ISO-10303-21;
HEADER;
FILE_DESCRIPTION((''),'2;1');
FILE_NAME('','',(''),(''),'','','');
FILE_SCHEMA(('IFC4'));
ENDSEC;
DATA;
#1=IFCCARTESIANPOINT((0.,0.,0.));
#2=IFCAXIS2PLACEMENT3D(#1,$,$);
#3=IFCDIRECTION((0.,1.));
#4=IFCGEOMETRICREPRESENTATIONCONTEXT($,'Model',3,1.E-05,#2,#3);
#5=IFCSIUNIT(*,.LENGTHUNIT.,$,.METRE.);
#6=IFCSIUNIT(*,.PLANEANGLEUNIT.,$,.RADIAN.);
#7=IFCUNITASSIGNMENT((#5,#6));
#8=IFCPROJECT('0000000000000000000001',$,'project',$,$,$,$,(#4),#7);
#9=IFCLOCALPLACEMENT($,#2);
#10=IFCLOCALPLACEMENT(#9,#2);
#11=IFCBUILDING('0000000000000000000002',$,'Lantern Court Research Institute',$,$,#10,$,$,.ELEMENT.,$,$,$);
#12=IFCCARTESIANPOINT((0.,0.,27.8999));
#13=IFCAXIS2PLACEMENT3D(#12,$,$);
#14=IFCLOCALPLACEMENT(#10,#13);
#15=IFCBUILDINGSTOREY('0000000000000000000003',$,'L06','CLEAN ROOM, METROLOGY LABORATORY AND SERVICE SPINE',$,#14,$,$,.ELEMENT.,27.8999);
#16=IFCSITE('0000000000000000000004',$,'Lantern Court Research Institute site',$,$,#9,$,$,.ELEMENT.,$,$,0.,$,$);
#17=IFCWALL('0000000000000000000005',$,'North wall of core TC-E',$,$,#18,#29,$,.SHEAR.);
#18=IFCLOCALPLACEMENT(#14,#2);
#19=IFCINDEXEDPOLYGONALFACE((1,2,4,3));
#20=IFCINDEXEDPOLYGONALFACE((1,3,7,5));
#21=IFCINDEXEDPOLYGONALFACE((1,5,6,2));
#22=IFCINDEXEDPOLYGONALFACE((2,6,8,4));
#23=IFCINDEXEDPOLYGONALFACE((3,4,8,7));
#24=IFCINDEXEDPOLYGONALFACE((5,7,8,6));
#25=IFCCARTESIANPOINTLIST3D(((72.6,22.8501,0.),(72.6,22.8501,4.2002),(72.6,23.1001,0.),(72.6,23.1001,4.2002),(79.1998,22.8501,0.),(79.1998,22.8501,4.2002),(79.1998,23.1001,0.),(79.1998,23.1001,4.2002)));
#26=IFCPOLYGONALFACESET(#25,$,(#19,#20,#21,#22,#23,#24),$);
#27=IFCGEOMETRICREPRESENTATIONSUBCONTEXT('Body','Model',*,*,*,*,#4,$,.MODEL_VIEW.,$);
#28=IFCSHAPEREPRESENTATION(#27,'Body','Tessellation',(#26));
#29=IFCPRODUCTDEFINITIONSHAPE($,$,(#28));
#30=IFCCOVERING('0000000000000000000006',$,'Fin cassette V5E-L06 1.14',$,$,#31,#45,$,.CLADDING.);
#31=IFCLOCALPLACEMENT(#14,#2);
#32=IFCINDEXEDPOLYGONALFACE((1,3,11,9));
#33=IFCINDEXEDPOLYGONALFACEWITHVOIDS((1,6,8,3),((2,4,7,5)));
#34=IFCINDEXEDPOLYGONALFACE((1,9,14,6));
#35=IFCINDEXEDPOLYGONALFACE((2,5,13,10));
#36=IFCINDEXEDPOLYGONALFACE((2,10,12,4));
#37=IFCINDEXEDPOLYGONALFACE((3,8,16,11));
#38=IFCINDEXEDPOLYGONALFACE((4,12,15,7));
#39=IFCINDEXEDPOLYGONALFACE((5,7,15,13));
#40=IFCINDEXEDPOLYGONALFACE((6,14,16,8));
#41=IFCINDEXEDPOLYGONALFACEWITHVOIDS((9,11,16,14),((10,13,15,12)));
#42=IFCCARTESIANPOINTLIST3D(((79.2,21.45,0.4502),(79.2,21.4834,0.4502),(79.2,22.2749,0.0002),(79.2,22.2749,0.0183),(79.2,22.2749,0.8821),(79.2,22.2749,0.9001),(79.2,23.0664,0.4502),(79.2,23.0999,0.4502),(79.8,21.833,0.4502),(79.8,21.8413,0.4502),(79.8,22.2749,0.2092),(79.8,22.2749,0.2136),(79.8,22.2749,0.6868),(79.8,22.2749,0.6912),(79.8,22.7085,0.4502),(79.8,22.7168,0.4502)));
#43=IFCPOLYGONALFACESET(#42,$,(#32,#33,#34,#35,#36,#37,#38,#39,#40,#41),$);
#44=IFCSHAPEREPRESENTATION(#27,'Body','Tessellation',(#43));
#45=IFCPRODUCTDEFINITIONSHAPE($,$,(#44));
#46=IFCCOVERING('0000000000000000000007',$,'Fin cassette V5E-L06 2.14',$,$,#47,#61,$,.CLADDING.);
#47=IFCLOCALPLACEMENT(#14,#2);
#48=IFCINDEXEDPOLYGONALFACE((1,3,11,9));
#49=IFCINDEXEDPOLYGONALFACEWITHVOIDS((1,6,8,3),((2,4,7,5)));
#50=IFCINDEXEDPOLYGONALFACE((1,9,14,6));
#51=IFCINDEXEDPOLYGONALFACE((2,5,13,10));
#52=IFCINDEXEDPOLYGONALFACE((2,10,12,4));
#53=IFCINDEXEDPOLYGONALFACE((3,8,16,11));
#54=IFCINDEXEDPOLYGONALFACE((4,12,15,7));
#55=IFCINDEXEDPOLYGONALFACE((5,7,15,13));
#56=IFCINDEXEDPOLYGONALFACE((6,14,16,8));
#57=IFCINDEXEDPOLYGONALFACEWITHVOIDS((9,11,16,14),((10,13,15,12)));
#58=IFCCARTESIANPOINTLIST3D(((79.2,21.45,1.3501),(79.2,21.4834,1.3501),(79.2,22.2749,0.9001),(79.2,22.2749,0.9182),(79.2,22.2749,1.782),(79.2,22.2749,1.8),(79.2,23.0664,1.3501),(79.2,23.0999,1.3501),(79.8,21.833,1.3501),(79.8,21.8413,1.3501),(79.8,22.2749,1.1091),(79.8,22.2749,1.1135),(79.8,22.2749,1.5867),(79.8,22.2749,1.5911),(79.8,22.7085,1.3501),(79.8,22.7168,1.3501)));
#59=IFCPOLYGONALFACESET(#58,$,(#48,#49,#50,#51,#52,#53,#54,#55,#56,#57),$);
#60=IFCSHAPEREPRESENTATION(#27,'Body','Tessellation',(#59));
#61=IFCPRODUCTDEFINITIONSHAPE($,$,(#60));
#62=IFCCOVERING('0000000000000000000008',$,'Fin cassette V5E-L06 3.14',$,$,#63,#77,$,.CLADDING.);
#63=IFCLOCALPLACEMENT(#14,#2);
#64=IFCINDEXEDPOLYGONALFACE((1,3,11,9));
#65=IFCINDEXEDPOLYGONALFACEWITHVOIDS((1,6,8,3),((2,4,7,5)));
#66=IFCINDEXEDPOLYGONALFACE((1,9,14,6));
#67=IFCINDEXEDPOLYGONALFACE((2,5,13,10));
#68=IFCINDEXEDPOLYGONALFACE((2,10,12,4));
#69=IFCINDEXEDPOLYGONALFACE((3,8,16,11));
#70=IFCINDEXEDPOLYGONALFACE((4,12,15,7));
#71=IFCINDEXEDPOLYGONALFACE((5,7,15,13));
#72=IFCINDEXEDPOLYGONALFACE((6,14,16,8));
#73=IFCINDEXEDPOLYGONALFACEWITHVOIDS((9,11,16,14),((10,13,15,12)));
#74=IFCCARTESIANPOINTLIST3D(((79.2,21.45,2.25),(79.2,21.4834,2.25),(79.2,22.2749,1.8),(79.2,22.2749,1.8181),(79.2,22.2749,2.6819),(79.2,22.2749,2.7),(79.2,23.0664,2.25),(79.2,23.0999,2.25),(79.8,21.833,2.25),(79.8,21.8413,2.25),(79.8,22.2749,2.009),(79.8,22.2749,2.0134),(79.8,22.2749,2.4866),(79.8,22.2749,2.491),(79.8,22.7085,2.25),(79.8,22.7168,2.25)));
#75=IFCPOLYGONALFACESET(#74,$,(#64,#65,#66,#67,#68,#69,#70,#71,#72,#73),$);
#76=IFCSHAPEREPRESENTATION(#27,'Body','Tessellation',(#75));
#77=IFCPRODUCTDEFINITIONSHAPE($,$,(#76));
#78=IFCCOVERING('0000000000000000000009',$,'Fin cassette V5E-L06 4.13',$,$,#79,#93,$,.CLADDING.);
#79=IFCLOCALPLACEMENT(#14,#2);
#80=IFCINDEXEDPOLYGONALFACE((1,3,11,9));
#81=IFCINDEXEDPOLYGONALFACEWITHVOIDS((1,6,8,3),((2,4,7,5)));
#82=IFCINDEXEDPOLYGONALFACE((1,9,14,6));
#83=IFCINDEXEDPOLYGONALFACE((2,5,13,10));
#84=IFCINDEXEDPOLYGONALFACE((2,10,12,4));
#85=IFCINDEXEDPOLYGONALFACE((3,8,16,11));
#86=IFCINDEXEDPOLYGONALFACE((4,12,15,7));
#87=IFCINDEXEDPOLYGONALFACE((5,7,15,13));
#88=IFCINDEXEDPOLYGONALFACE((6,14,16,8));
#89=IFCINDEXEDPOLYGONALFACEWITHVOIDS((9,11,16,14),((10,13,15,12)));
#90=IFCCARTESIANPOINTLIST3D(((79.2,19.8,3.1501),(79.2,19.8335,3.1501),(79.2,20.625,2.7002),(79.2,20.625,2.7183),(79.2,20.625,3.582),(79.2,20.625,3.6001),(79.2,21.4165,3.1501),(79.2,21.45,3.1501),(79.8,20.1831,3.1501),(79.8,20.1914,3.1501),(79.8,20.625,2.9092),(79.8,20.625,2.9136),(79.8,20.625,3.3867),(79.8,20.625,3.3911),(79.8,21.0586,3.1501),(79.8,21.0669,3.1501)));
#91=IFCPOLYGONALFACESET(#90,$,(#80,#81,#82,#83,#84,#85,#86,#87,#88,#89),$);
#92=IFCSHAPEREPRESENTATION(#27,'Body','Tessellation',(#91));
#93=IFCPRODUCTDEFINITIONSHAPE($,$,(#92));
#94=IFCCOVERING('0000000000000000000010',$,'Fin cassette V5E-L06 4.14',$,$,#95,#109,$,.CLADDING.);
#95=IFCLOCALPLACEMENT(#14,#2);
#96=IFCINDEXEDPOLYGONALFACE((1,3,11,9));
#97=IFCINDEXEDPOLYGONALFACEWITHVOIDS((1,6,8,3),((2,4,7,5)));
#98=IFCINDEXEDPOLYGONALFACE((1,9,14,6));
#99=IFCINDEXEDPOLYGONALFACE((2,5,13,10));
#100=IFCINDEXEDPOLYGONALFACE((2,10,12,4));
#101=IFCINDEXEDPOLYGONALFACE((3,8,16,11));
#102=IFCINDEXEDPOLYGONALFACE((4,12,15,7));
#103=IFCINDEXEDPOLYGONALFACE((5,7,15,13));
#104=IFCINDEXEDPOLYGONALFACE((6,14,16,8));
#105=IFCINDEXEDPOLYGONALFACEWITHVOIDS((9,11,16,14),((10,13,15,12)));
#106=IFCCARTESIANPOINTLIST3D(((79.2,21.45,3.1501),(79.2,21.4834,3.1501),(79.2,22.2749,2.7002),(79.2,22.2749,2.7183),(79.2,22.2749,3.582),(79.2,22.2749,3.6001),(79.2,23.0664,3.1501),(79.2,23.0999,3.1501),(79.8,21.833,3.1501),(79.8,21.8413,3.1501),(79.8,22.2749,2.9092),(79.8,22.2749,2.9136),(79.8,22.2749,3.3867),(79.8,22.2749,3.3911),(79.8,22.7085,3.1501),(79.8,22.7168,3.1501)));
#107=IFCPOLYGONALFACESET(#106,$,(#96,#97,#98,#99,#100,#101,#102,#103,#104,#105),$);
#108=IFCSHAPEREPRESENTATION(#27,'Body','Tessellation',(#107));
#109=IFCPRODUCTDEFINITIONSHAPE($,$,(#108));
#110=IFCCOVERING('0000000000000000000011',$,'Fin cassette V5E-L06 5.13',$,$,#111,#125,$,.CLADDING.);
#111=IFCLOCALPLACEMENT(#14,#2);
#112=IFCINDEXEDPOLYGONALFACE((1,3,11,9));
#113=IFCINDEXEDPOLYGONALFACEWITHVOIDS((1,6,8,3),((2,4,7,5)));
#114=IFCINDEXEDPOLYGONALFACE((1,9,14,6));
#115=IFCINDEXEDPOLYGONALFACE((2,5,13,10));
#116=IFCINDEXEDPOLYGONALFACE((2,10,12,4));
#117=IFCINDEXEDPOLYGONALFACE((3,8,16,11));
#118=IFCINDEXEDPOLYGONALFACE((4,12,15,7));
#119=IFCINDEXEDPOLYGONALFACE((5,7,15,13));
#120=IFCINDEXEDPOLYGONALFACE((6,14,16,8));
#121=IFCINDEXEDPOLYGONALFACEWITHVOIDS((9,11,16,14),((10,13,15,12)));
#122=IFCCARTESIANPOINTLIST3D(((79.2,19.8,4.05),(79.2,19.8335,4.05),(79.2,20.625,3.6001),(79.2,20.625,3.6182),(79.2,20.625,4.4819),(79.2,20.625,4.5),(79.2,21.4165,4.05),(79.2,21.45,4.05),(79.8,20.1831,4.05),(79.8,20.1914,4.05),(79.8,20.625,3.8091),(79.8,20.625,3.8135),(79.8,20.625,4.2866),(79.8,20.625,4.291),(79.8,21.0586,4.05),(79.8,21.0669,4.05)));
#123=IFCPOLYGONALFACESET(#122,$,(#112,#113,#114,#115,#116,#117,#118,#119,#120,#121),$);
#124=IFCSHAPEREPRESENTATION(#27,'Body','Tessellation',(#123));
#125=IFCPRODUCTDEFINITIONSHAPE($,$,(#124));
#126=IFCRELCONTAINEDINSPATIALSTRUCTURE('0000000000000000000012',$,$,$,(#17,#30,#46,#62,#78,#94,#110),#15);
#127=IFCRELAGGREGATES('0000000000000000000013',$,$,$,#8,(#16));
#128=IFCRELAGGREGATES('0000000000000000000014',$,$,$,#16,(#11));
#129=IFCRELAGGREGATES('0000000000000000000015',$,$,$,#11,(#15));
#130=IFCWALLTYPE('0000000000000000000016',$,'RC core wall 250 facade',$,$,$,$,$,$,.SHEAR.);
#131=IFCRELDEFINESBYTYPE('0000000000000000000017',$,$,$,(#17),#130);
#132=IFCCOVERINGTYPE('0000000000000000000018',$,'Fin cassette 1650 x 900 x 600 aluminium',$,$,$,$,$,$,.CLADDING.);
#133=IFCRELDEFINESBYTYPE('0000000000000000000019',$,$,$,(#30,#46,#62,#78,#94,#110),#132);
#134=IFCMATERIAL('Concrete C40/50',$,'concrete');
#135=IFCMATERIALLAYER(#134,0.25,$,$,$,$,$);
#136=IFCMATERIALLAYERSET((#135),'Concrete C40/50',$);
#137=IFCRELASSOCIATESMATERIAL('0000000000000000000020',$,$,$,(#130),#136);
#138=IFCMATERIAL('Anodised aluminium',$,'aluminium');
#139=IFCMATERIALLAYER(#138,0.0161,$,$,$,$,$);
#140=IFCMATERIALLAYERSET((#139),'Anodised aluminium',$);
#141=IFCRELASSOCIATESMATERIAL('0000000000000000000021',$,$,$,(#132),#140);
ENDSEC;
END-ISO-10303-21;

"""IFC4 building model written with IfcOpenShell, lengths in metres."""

from ifc_helpers import new_model, entity, si_unit, direction, frame, frame_2d, origin, place, context, subcontext, project, spatial, rectangle, extrude, material, layer, layer_set, type_object, element, save


model = new_model("IFC4")

# Units and contexts
model_context = context("Model", 3, precision=1e-05, world=origin(), true_north=direction((0.0, 1.0)))
body_context = subcontext(model_context, "Body", "Model", "MODEL_VIEW")
ifc_project = project(units=[si_unit("LENGTHUNIT", "METRE"), si_unit("PLANEANGLEUNIT", "RADIAN")], contexts=[model_context])

# Site, building, storey
site_placement = place(None, origin())
site = spatial("IfcSite", under=ifc_project, at=site_placement, Name="Lantern Court Research Institute site", CompositionType="ELEMENT", RefElevation=0.0)
building_placement = place(site_placement, origin())
building = spatial("IfcBuilding", under=site, at=building_placement, Name="Lantern Court Research Institute", CompositionType="ELEMENT")
storey_placement = place(building_placement, frame((0.0, 0.0, 27.8999)))
storey = spatial("IfcBuildingStorey", under=building, at=storey_placement, Name="L06", Description="CLEAN ROOM, METROLOGY LABORATORY AND SERVICE SPINE", CompositionType="ELEMENT", Elevation=27.8999)

# Wall
ifc_material_1 = material(Name="Concrete C40/50", Category="concrete")
ifc_layer_1 = layer(ifc_material_1, 0.25)
ifc_layer_set_1 = layer_set([ifc_layer_1], Name="Concrete C40/50")
wall_type = type_object("IfcWallType", Name="RC core wall 250 facade", PredefinedType="SHEAR", material=ifc_layer_set_1)
wall_placement = place(storey_placement, frame((72.6001, 22.9751, 0.0), z_axis=(0.0, 0.0, 1.0), x_axis=(1.0, 0.0, 0.0)))
element("IfcWall", 1, at=wall_placement, inside=storey, type_object=wall_type, Name="North wall of core TC-E", PredefinedType="SHEAR", context=body_context, shape_type="SweptSolid", body=[
    extrude(rectangle(XDim=6.5999, YDim=0.25, at=frame_2d((3.2998, 0.0))), origin(), (0.0, 0.0, 1.0), 4.2002),
])

# Coverings
ifc_material_2 = material(Name="Anodised aluminium", Category="aluminium")
ifc_layer_2 = layer(ifc_material_2, 0.0161)
ifc_layer_set_2 = layer_set([ifc_layer_2], Name="Anodised aluminium")
covering_type = type_object("IfcCoveringType", Name="Fin cassette 1650 x 900 x 600 aluminium", PredefinedType="CLADDING", material=ifc_layer_set_2)
covering_1_placement = place(storey_placement, frame((79.2, 22.2749, 0.4502), z_axis=(1.0, 0.0, 0.0), x_axis=(0.0, 1.0, 0.0)))
cartesian_point_1 = entity("IfcCartesianPoint", [0.825, 0.0])
cartesian_point_2 = entity("IfcCartesianPoint", [0.7915, 0.0])
cartesian_point_3 = entity("IfcCartesianPoint", [0.4419, 0.0])
cartesian_point_4 = entity("IfcCartesianPoint", [0.4336, 0.0])
element("IfcCovering", 2, at=covering_1_placement, inside=storey, type_object=covering_type, Name="Fin cassette V5E-L06 1.14", PredefinedType="CLADDING", context=body_context, shape_type="SweptSolid", body=[
    entity("IfcExtrudedAreaSolidTapered", entity("IfcArbitraryProfileDefWithVoids", "AREA", None, entity("IfcPolyline", [cartesian_point_1, entity("IfcCartesianPoint", [0.0, 0.45]), entity("IfcCartesianPoint", [-0.825, 0.0]), entity("IfcCartesianPoint", [0.0, -0.45]), cartesian_point_1]), [entity("IfcPolyline", [cartesian_point_2, entity("IfcCartesianPoint", [0.0, 0.4319]), entity("IfcCartesianPoint", [-0.7915, 0.0]), entity("IfcCartesianPoint", [0.0, -0.4319]), cartesian_point_2])]), entity("IfcAxis2Placement3D", entity("IfcCartesianPoint", [0.0, 0.0, 0.0])), entity("IfcDirection", [0.0, 0.0, 1.0]), 0.6001, entity("IfcArbitraryProfileDefWithVoids", "AREA", None, entity("IfcPolyline", [cartesian_point_3, entity("IfcCartesianPoint", [0.0, 0.241]), entity("IfcCartesianPoint", [-0.4419, 0.0]), entity("IfcCartesianPoint", [0.0, -0.241]), cartesian_point_3]), [entity("IfcPolyline", [cartesian_point_4, entity("IfcCartesianPoint", [0.0, 0.2366]), entity("IfcCartesianPoint", [-0.4336, 0.0]), entity("IfcCartesianPoint", [0.0, -0.2366]), cartesian_point_4])])),
])
covering_2_placement = place(storey_placement, frame((79.2, 22.2749, 1.3501), z_axis=(1.0, 0.0, 0.0), x_axis=(0.0, 1.0, 0.0)))
cartesian_point_5 = entity("IfcCartesianPoint", [0.825, 0.0])
cartesian_point_6 = entity("IfcCartesianPoint", [0.7915, 0.0])
cartesian_point_7 = entity("IfcCartesianPoint", [0.4419, 0.0])
cartesian_point_8 = entity("IfcCartesianPoint", [0.4336, 0.0])
element("IfcCovering", 3, at=covering_2_placement, inside=storey, type_object=covering_type, Name="Fin cassette V5E-L06 2.14", PredefinedType="CLADDING", context=body_context, shape_type="SweptSolid", body=[
    entity("IfcExtrudedAreaSolidTapered", entity("IfcArbitraryProfileDefWithVoids", "AREA", None, entity("IfcPolyline", [cartesian_point_5, entity("IfcCartesianPoint", [0.0, 0.45]), entity("IfcCartesianPoint", [-0.825, 0.0]), entity("IfcCartesianPoint", [0.0, -0.45]), cartesian_point_5]), [entity("IfcPolyline", [cartesian_point_6, entity("IfcCartesianPoint", [0.0, 0.4319]), entity("IfcCartesianPoint", [-0.7915, 0.0]), entity("IfcCartesianPoint", [0.0, -0.4319]), cartesian_point_6])]), entity("IfcAxis2Placement3D", entity("IfcCartesianPoint", [0.0, 0.0, 0.0])), entity("IfcDirection", [0.0, 0.0, 1.0]), 0.6001, entity("IfcArbitraryProfileDefWithVoids", "AREA", None, entity("IfcPolyline", [cartesian_point_7, entity("IfcCartesianPoint", [0.0, 0.241]), entity("IfcCartesianPoint", [-0.4419, 0.0]), entity("IfcCartesianPoint", [0.0, -0.241]), cartesian_point_7]), [entity("IfcPolyline", [cartesian_point_8, entity("IfcCartesianPoint", [0.0, 0.2366]), entity("IfcCartesianPoint", [-0.4336, 0.0]), entity("IfcCartesianPoint", [0.0, -0.2366]), cartesian_point_8])])),
])
covering_3_placement = place(storey_placement, frame((79.2, 22.2749, 2.25), z_axis=(1.0, 0.0, 0.0), x_axis=(0.0, 1.0, 0.0)))
cartesian_point_9 = entity("IfcCartesianPoint", [0.825, 0.0])
cartesian_point_10 = entity("IfcCartesianPoint", [0.7915, 0.0])
cartesian_point_11 = entity("IfcCartesianPoint", [0.4419, 0.0])
cartesian_point_12 = entity("IfcCartesianPoint", [0.4336, 0.0])
element("IfcCovering", 4, at=covering_3_placement, inside=storey, type_object=covering_type, Name="Fin cassette V5E-L06 3.14", PredefinedType="CLADDING", context=body_context, shape_type="SweptSolid", body=[
    entity("IfcExtrudedAreaSolidTapered", entity("IfcArbitraryProfileDefWithVoids", "AREA", None, entity("IfcPolyline", [cartesian_point_9, entity("IfcCartesianPoint", [0.0, 0.45]), entity("IfcCartesianPoint", [-0.825, 0.0]), entity("IfcCartesianPoint", [0.0, -0.45]), cartesian_point_9]), [entity("IfcPolyline", [cartesian_point_10, entity("IfcCartesianPoint", [0.0, 0.4319]), entity("IfcCartesianPoint", [-0.7915, 0.0]), entity("IfcCartesianPoint", [0.0, -0.4319]), cartesian_point_10])]), entity("IfcAxis2Placement3D", entity("IfcCartesianPoint", [0.0, 0.0, 0.0])), entity("IfcDirection", [0.0, 0.0, 1.0]), 0.6001, entity("IfcArbitraryProfileDefWithVoids", "AREA", None, entity("IfcPolyline", [cartesian_point_11, entity("IfcCartesianPoint", [0.0, 0.241]), entity("IfcCartesianPoint", [-0.4419, 0.0]), entity("IfcCartesianPoint", [0.0, -0.241]), cartesian_point_11]), [entity("IfcPolyline", [cartesian_point_12, entity("IfcCartesianPoint", [0.0, 0.2366]), entity("IfcCartesianPoint", [-0.4336, 0.0]), entity("IfcCartesianPoint", [0.0, -0.2366]), cartesian_point_12])])),
])
covering_4_placement = place(storey_placement, frame((79.2, 20.625, 3.1501), z_axis=(1.0, 0.0, 0.0), x_axis=(0.0, 1.0, 0.0)))
cartesian_point_13 = entity("IfcCartesianPoint", [0.825, 0.0])
cartesian_point_14 = entity("IfcCartesianPoint", [0.7915, 0.0])
cartesian_point_15 = entity("IfcCartesianPoint", [0.4419, 0.0])
cartesian_point_16 = entity("IfcCartesianPoint", [0.4336, 0.0])
element("IfcCovering", 5, at=covering_4_placement, inside=storey, type_object=covering_type, Name="Fin cassette V5E-L06 4.13", PredefinedType="CLADDING", context=body_context, shape_type="SweptSolid", body=[
    entity("IfcExtrudedAreaSolidTapered", entity("IfcArbitraryProfileDefWithVoids", "AREA", None, entity("IfcPolyline", [cartesian_point_13, entity("IfcCartesianPoint", [0.0, 0.45]), entity("IfcCartesianPoint", [-0.825, 0.0]), entity("IfcCartesianPoint", [0.0, -0.45]), cartesian_point_13]), [entity("IfcPolyline", [cartesian_point_14, entity("IfcCartesianPoint", [0.0, 0.4319]), entity("IfcCartesianPoint", [-0.7915, 0.0]), entity("IfcCartesianPoint", [0.0, -0.4319]), cartesian_point_14])]), entity("IfcAxis2Placement3D", entity("IfcCartesianPoint", [0.0, 0.0, 0.0])), entity("IfcDirection", [0.0, 0.0, 1.0]), 0.6001, entity("IfcArbitraryProfileDefWithVoids", "AREA", None, entity("IfcPolyline", [cartesian_point_15, entity("IfcCartesianPoint", [0.0, 0.241]), entity("IfcCartesianPoint", [-0.4419, 0.0]), entity("IfcCartesianPoint", [0.0, -0.241]), cartesian_point_15]), [entity("IfcPolyline", [cartesian_point_16, entity("IfcCartesianPoint", [0.0, 0.2366]), entity("IfcCartesianPoint", [-0.4336, 0.0]), entity("IfcCartesianPoint", [0.0, -0.2366]), cartesian_point_16])])),
])
covering_5_placement = place(storey_placement, frame((79.2, 22.2749, 3.1501), z_axis=(1.0, 0.0, 0.0), x_axis=(0.0, 1.0, 0.0)))
cartesian_point_17 = entity("IfcCartesianPoint", [0.825, 0.0])
cartesian_point_18 = entity("IfcCartesianPoint", [0.7915, 0.0])
cartesian_point_19 = entity("IfcCartesianPoint", [0.4419, 0.0])
cartesian_point_20 = entity("IfcCartesianPoint", [0.4336, 0.0])
element("IfcCovering", 6, at=covering_5_placement, inside=storey, type_object=covering_type, Name="Fin cassette V5E-L06 4.14", PredefinedType="CLADDING", context=body_context, shape_type="SweptSolid", body=[
    entity("IfcExtrudedAreaSolidTapered", entity("IfcArbitraryProfileDefWithVoids", "AREA", None, entity("IfcPolyline", [cartesian_point_17, entity("IfcCartesianPoint", [0.0, 0.45]), entity("IfcCartesianPoint", [-0.825, 0.0]), entity("IfcCartesianPoint", [0.0, -0.45]), cartesian_point_17]), [entity("IfcPolyline", [cartesian_point_18, entity("IfcCartesianPoint", [0.0, 0.4319]), entity("IfcCartesianPoint", [-0.7915, 0.0]), entity("IfcCartesianPoint", [0.0, -0.4319]), cartesian_point_18])]), entity("IfcAxis2Placement3D", entity("IfcCartesianPoint", [0.0, 0.0, 0.0])), entity("IfcDirection", [0.0, 0.0, 1.0]), 0.6001, entity("IfcArbitraryProfileDefWithVoids", "AREA", None, entity("IfcPolyline", [cartesian_point_19, entity("IfcCartesianPoint", [0.0, 0.241]), entity("IfcCartesianPoint", [-0.4419, 0.0]), entity("IfcCartesianPoint", [0.0, -0.241]), cartesian_point_19]), [entity("IfcPolyline", [cartesian_point_20, entity("IfcCartesianPoint", [0.0, 0.2366]), entity("IfcCartesianPoint", [-0.4336, 0.0]), entity("IfcCartesianPoint", [0.0, -0.2366]), cartesian_point_20])])),
])
covering_6_placement = place(storey_placement, frame((79.2, 20.625, 4.05), z_axis=(1.0, 0.0, 0.0), x_axis=(0.0, 1.0, 0.0)))
cartesian_point_21 = entity("IfcCartesianPoint", [0.825, 0.0])
cartesian_point_22 = entity("IfcCartesianPoint", [0.7915, 0.0])
cartesian_point_23 = entity("IfcCartesianPoint", [0.4419, 0.0])
cartesian_point_24 = entity("IfcCartesianPoint", [0.4336, 0.0])
element("IfcCovering", 7, at=covering_6_placement, inside=storey, type_object=covering_type, Name="Fin cassette V5E-L06 5.13", PredefinedType="CLADDING", context=body_context, shape_type="SweptSolid", body=[
    entity("IfcExtrudedAreaSolidTapered", entity("IfcArbitraryProfileDefWithVoids", "AREA", None, entity("IfcPolyline", [cartesian_point_21, entity("IfcCartesianPoint", [0.0, 0.45]), entity("IfcCartesianPoint", [-0.825, 0.0]), entity("IfcCartesianPoint", [0.0, -0.45]), cartesian_point_21]), [entity("IfcPolyline", [cartesian_point_22, entity("IfcCartesianPoint", [0.0, 0.4319]), entity("IfcCartesianPoint", [-0.7915, 0.0]), entity("IfcCartesianPoint", [0.0, -0.4319]), cartesian_point_22])]), entity("IfcAxis2Placement3D", entity("IfcCartesianPoint", [0.0, 0.0, 0.0])), entity("IfcDirection", [0.0, 0.0, 1.0]), 0.6001, entity("IfcArbitraryProfileDefWithVoids", "AREA", None, entity("IfcPolyline", [cartesian_point_23, entity("IfcCartesianPoint", [0.0, 0.241]), entity("IfcCartesianPoint", [-0.4419, 0.0]), entity("IfcCartesianPoint", [0.0, -0.241]), cartesian_point_23]), [entity("IfcPolyline", [cartesian_point_24, entity("IfcCartesianPoint", [0.0, 0.2366]), entity("IfcCartesianPoint", [-0.4336, 0.0]), entity("IfcCartesianPoint", [0.0, -0.2366]), cartesian_point_24])])),
])

save(model, "model.ifc")
